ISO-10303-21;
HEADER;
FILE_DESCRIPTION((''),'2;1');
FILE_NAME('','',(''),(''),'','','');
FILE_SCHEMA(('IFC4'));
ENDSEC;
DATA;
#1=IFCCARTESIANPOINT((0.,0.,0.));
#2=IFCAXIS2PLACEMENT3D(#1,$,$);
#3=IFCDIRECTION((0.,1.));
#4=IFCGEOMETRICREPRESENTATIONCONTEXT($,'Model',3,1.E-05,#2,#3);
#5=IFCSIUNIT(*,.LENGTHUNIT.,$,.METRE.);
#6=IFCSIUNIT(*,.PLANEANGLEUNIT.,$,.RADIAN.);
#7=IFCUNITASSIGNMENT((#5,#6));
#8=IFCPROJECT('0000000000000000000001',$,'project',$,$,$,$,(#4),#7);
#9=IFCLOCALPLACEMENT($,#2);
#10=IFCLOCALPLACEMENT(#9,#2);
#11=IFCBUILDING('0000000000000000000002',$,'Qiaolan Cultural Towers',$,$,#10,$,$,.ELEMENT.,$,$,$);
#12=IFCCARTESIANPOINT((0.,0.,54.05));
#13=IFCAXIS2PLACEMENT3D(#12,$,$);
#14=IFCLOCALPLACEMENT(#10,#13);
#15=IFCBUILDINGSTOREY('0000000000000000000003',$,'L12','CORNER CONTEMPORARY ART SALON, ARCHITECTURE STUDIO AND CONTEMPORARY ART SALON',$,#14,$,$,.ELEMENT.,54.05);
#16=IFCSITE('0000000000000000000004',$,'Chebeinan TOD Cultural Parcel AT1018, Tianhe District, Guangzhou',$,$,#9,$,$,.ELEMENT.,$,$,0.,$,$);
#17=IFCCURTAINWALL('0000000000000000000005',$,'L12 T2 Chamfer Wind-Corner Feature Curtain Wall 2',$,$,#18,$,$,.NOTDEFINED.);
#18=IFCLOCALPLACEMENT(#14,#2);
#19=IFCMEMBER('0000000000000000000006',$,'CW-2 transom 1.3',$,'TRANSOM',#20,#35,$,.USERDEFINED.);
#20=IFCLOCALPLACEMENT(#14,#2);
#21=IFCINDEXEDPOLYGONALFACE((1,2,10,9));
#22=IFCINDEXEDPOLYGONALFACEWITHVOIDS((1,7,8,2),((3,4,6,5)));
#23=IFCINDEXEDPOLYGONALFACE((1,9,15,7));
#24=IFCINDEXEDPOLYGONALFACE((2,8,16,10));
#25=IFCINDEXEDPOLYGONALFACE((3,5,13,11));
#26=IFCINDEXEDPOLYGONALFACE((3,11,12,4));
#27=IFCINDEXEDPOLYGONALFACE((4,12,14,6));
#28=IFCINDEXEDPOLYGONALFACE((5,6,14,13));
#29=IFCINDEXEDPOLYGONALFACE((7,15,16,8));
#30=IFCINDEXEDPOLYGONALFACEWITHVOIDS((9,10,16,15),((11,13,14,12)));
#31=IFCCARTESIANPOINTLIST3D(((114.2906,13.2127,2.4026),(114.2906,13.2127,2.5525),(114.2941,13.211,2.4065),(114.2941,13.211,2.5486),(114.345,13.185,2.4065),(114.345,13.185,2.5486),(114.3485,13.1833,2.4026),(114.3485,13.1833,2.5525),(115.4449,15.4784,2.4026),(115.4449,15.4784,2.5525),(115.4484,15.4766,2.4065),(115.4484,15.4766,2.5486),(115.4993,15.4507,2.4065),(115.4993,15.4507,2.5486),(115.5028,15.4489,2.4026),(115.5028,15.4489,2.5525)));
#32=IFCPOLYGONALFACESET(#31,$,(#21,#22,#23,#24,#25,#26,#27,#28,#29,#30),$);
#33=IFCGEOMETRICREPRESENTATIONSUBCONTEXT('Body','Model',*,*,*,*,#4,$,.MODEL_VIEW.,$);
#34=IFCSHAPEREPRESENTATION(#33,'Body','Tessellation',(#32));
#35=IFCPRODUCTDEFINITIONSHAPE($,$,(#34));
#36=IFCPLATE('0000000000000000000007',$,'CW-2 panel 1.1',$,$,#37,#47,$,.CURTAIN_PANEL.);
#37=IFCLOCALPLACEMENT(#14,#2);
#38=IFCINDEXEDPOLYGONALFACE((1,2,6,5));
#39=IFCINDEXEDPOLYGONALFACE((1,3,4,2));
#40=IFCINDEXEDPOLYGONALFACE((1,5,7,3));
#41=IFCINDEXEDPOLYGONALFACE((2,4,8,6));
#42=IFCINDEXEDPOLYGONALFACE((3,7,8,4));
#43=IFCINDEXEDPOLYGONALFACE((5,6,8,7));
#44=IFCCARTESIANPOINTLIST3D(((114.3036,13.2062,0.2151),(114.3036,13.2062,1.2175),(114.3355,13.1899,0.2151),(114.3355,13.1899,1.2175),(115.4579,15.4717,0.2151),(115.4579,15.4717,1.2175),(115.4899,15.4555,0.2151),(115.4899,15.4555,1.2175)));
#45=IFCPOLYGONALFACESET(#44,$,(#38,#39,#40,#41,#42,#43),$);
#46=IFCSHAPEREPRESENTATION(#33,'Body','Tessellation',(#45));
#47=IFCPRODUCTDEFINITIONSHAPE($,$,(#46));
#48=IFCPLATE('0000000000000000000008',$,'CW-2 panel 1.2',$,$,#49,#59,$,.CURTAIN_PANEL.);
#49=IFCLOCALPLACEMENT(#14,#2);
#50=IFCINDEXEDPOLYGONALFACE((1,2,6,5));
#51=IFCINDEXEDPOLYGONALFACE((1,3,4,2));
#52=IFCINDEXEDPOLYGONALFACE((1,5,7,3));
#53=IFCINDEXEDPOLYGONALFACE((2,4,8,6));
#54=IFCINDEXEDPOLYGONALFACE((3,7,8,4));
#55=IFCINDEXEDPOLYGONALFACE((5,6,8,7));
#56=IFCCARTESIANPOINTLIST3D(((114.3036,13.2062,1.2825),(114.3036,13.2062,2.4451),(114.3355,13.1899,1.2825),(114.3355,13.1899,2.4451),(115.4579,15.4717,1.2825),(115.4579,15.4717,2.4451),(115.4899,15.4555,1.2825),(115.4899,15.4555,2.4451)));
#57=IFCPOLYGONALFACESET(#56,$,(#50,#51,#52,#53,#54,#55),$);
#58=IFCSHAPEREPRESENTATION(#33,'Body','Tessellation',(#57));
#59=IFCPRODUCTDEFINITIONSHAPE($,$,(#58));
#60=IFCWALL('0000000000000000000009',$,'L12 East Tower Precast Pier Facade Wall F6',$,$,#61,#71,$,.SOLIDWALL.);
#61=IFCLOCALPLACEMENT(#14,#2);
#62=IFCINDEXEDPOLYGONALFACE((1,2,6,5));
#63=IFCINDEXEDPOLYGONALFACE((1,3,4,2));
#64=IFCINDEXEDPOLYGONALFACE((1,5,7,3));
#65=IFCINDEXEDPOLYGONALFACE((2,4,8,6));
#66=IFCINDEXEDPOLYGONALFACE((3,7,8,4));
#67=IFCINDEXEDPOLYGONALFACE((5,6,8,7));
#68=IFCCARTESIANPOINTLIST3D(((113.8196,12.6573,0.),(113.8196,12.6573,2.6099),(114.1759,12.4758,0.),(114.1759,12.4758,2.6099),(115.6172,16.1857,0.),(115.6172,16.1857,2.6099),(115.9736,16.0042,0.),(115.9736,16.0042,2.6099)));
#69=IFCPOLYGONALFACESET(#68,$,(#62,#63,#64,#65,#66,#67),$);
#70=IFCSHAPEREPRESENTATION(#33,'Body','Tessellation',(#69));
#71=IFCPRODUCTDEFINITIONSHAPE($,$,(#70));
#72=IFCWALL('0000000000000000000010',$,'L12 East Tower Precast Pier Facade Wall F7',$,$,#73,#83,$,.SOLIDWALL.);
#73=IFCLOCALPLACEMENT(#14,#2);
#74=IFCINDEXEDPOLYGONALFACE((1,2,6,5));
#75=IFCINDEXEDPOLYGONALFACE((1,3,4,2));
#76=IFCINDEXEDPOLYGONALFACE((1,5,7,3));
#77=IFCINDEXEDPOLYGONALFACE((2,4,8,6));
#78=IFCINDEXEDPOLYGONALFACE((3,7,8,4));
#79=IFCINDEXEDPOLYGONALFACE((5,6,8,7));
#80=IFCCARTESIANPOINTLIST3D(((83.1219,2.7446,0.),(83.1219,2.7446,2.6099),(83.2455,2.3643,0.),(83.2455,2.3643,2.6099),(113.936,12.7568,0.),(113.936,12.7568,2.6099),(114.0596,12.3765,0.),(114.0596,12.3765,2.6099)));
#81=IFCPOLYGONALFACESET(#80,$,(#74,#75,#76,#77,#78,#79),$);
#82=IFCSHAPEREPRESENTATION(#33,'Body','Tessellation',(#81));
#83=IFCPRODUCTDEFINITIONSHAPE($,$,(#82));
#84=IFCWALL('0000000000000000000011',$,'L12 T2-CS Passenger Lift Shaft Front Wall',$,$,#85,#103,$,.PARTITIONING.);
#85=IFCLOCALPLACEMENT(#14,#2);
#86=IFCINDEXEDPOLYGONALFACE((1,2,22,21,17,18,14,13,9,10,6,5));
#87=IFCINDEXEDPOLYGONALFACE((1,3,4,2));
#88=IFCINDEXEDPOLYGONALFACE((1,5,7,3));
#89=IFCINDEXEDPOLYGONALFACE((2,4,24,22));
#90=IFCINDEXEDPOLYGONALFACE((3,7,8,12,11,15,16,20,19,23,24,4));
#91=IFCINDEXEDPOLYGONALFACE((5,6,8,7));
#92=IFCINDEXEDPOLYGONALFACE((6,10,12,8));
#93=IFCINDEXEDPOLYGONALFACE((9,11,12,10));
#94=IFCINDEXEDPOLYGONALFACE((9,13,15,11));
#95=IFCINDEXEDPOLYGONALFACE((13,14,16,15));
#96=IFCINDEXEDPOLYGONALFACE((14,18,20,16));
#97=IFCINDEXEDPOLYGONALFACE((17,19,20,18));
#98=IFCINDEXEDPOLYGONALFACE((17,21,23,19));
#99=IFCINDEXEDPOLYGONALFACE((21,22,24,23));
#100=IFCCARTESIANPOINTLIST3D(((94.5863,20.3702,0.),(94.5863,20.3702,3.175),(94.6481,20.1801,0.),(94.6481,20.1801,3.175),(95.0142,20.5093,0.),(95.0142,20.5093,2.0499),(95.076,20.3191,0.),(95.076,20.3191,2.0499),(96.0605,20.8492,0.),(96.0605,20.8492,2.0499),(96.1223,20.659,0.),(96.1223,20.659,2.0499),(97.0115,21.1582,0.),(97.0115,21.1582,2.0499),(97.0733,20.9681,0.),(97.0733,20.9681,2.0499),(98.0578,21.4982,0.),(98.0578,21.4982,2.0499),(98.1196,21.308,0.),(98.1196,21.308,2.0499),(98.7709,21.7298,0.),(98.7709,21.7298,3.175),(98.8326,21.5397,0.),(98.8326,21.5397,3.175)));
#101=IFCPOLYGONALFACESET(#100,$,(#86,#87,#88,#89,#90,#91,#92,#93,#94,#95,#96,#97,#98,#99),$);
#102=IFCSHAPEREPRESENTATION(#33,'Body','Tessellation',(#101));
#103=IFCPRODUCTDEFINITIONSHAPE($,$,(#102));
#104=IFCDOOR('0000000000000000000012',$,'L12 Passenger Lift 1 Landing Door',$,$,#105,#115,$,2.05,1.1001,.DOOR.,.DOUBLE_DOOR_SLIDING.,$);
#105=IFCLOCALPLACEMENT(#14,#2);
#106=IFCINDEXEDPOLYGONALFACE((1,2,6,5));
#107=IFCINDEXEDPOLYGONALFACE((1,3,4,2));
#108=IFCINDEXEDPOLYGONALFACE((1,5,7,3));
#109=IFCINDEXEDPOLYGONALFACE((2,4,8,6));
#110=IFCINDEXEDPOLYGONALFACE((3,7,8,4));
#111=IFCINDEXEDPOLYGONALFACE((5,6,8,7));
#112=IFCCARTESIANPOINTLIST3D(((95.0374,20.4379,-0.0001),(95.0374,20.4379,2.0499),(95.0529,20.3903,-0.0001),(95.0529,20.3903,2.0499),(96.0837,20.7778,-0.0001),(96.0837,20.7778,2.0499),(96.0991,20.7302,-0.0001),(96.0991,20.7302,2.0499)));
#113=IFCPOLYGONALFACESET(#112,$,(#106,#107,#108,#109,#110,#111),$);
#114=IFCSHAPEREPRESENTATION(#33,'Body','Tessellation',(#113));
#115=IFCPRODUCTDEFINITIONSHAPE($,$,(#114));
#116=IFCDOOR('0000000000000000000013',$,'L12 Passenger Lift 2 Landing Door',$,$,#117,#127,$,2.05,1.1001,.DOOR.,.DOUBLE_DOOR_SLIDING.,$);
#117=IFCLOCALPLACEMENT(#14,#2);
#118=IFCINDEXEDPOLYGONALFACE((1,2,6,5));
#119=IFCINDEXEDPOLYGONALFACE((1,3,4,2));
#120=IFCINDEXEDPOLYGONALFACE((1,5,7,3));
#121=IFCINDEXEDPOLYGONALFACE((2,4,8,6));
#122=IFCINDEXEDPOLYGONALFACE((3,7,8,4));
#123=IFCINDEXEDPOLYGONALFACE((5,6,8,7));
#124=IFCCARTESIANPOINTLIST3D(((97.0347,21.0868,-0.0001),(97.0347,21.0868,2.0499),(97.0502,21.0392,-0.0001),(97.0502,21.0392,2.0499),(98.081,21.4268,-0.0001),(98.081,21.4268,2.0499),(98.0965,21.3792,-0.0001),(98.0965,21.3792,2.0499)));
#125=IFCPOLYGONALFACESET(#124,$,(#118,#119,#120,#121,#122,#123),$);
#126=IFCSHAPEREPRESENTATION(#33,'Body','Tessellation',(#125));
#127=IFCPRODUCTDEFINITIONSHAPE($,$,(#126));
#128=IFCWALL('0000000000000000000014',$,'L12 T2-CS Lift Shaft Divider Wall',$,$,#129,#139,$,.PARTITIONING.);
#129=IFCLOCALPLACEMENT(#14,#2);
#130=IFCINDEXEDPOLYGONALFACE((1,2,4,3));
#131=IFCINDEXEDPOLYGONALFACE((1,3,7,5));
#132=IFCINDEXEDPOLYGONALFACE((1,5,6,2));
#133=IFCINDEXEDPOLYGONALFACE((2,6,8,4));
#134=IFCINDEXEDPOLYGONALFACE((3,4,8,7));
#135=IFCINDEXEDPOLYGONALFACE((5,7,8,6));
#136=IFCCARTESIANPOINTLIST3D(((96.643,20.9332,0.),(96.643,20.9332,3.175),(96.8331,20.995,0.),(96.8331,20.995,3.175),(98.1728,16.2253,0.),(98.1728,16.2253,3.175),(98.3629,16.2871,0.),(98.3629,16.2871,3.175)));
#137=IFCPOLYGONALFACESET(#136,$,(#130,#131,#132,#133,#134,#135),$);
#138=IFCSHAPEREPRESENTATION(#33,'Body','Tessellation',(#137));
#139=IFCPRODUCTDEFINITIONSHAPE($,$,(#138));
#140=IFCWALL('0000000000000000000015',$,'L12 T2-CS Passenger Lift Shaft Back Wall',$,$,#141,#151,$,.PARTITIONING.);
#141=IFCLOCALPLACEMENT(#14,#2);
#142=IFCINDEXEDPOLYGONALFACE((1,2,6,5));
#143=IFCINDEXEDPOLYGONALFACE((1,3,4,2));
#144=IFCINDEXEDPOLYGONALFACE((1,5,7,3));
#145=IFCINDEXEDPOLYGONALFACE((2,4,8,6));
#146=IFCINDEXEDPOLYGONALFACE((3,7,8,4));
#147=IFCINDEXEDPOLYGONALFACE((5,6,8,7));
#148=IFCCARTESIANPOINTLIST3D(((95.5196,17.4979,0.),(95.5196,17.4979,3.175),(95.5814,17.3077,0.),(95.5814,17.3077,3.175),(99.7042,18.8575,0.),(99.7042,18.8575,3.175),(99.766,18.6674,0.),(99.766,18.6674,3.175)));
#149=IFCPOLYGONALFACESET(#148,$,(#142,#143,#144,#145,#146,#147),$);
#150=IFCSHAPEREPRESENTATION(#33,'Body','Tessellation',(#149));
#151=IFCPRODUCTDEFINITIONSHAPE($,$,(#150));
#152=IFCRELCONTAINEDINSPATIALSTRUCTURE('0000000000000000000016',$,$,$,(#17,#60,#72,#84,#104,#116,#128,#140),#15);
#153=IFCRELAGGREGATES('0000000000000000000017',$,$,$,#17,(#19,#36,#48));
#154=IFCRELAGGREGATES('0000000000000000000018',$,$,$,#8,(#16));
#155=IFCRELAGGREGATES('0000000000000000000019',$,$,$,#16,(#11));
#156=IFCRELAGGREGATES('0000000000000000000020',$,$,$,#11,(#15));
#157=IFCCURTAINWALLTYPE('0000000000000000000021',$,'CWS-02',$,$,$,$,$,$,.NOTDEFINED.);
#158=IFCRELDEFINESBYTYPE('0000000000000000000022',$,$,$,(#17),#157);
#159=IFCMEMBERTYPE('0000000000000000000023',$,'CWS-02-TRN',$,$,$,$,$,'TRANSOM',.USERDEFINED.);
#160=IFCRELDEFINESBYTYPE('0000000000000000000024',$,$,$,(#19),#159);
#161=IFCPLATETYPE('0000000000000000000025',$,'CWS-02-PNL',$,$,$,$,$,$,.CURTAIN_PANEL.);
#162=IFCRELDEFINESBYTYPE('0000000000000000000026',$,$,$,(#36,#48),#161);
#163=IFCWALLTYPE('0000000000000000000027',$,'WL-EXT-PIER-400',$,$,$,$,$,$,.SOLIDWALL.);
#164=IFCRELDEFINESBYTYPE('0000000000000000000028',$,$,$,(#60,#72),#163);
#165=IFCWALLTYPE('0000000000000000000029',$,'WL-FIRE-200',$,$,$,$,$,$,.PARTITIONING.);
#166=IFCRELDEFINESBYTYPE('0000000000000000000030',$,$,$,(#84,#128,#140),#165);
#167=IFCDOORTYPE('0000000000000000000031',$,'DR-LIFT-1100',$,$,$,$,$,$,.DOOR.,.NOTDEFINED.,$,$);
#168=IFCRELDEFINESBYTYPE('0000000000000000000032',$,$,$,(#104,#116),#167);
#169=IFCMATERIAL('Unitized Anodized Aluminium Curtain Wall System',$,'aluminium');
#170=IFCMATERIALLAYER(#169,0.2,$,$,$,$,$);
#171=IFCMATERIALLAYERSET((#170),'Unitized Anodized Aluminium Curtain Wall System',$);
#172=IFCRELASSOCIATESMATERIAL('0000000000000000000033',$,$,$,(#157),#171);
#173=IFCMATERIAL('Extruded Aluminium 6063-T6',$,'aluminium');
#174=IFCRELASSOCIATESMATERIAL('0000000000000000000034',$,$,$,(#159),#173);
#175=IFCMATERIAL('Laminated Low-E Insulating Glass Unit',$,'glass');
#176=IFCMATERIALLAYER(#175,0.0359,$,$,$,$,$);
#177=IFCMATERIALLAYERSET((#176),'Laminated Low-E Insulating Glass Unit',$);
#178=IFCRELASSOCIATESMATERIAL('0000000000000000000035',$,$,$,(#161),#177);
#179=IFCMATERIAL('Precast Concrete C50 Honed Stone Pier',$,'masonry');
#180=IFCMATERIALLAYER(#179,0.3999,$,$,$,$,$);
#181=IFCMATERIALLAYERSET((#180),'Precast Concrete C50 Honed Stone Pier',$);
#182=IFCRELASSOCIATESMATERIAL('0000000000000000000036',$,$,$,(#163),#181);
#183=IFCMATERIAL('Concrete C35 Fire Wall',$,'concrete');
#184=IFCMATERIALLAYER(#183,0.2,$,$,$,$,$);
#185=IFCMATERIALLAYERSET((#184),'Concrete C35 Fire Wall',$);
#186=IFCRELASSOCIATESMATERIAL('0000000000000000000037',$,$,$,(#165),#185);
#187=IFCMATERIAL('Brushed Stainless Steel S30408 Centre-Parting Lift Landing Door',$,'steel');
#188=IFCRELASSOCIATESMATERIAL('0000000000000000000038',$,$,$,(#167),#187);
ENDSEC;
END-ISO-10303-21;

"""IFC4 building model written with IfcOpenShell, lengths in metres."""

from ifc_helpers import new_model, si_unit, direction, frame, frame_2d, origin, origin_2d, place, context, subcontext, project, spatial, rectangle, hollow_rectangle, extrude, material, layer, layer_set, material_profile, profile_set, type_object, element, fill, aggregate, save


model = new_model("IFC4")

# Units and contexts
model_context = context("Model", 3, precision=1e-05, world=origin(), true_north=direction((0.0, 1.0)))
body_context = subcontext(model_context, "Body", "Model", "MODEL_VIEW")
ifc_project = project(units=[si_unit("LENGTHUNIT", "METRE"), si_unit("PLANEANGLEUNIT", "RADIAN")], contexts=[model_context])

# Site, building, storey
site_placement = place(None, origin())
site = spatial("IfcSite", under=ifc_project, at=site_placement, Name="Chebeinan TOD Cultural Parcel AT1018, Tianhe District, Guangzhou", CompositionType="ELEMENT", RefElevation=0.0)
building_placement = place(site_placement, origin())
building = spatial("IfcBuilding", under=site, at=building_placement, Name="Qiaolan Cultural Towers", CompositionType="ELEMENT")
storey_placement = place(building_placement, frame((0.0, 0.0, 54.05)))
storey = spatial("IfcBuildingStorey", under=building, at=storey_placement, Name="L12", Description="CORNER CONTEMPORARY ART SALON, ARCHITECTURE STUDIO AND CONTEMPORARY ART SALON", CompositionType="ELEMENT", Elevation=54.05)

# Curtain wall, member, plates
ifc_material_1 = material(Name="Unitized Anodized Aluminium Curtain Wall System", Category="aluminium")
ifc_layer_1 = layer(ifc_material_1, 0.2)
ifc_layer_set_1 = layer_set([ifc_layer_1], Name="Unitized Anodized Aluminium Curtain Wall System")
curtain_wall_type = type_object("IfcCurtainWallType", Name="CWS-02", PredefinedType="NOTDEFINED", material=ifc_layer_set_1)
curtain_wall_placement = place(storey_placement, origin())
curtain_wall = element("IfcCurtainWall", 1, at=curtain_wall_placement, inside=storey, type_object=curtain_wall_type, Name="L12 T2 Chamfer Wind-Corner Feature Curtain Wall 2", PredefinedType="NOTDEFINED")
ifc_material_2 = material(Name="Extruded Aluminium 6063-T6", Category="aluminium")
ifc_material_profile_1 = material_profile(ifc_material_2, hollow_rectangle(XDim=0.0649, YDim=0.1499, WallThickness=0.0039, at=origin_2d()), Name="CWT-150x65x4")
ifc_profile_set_1 = profile_set([ifc_material_profile_1], Name="Extruded Aluminium 6063-T6")
member_type_1 = type_object("IfcMemberType", Name="CWS-02-TRN", ElementType="TRANSOM", PredefinedType="USERDEFINED", material=ifc_profile_set_1)
member_1_placement = place(storey_placement, frame((115.4739, 15.4636, 2.4775), z_axis=(-0.45396, -0.891022, 0.0), x_axis=(0.891022, -0.45396, 0.0)))
member_1 = element("IfcMember", 2, at=member_1_placement, type_object=member_type_1, Name="CW-2 transom 1.3", ObjectType="TRANSOM", PredefinedType="USERDEFINED", context=body_context, shape_type="SweptSolid", body=[
    extrude(hollow_rectangle(XDim=0.0649, YDim=0.1499, WallThickness=0.0039, at=origin_2d()), origin(), (0.0, 0.0, 1.0), 2.5427),
])
ifc_material_3 = material(Name="Laminated Low-E Insulating Glass Unit", Category="glass")
ifc_layer_2 = layer(ifc_material_3, 0.0359)
ifc_layer_set_2 = layer_set([ifc_layer_2], Name="Laminated Low-E Insulating Glass Unit")
plate_type = type_object("IfcPlateType", Name="CWS-02-PNL", PredefinedType="CURTAIN_PANEL", material=ifc_layer_set_2)
plate_1_placement = place(storey_placement, frame((114.8967, 14.3308, 0.2151), z_axis=(0.0, 0.0, 1.0), x_axis=(-0.45399, -0.891007, 0.0)))
plate_1 = element("IfcPlate", 3, at=plate_1_placement, type_object=plate_type, Name="CW-2 panel 1.1", PredefinedType="CURTAIN_PANEL", context=body_context, shape_type="SweptSolid", body=[
    extrude(rectangle(XDim=2.5427, YDim=0.0359, at=origin_2d()), origin(), (0.0, 0.0, 1.0), 1.0024),
])
plate_2_placement = place(storey_placement, frame((114.8967, 14.3308, 1.2825), z_axis=(0.0, 0.0, 1.0), x_axis=(-0.45399, -0.891007, 0.0)))
plate_2 = element("IfcPlate", 4, at=plate_2_placement, type_object=plate_type, Name="CW-2 panel 1.2", PredefinedType="CURTAIN_PANEL", context=body_context, shape_type="SweptSolid", body=[
    extrude(rectangle(XDim=2.5427, YDim=0.0359, at=origin_2d()), origin(), (0.0, 0.0, 1.0), 1.1626),
])
aggregate(curtain_wall, [member_1, plate_1, plate_2])

# Walls
ifc_material_4 = material(Name="Precast Concrete C50 Honed Stone Pier", Category="masonry")
ifc_layer_3 = layer(ifc_material_4, 0.3999)
ifc_layer_set_3 = layer_set([ifc_layer_3], Name="Precast Concrete C50 Honed Stone Pier")
wall_type_1 = type_object("IfcWallType", Name="WL-EXT-PIER-400", PredefinedType="SOLIDWALL", material=ifc_layer_set_3)
wall_1_placement = place(storey_placement, frame((115.7954, 16.095, 0.0), z_axis=(0.0, 0.0, 1.0), x_axis=(-0.453958, -0.891023, 0.0)))
element("IfcWall", 5, at=wall_1_placement, inside=storey, type_object=wall_type_1, Name="L12 East Tower Precast Pier Facade Wall F6", PredefinedType="SOLIDWALL", context=body_context, shape_type="SweptSolid", body=[
    extrude(rectangle(XDim=3.96, YDim=0.3999, at=frame_2d((1.98, 0.0))), origin(), (0.0, 0.0, 1.0), 2.6099),
])
wall_2_placement = place(storey_placement, frame((113.9978, 12.5667, 0.0), z_axis=(0.0, 0.0, 1.0), x_axis=(-0.951056, -0.309019, 0.0)))
element("IfcWall", 6, at=wall_2_placement, inside=storey, type_object=wall_type_1, Name="L12 East Tower Precast Pier Facade Wall F7", PredefinedType="SOLIDWALL", context=body_context, shape_type="SweptSolid", body=[
    extrude(rectangle(XDim=32.3999, YDim=0.3999, at=frame_2d((16.2, 0.0))), origin(), (0.0, 0.0, 1.0), 2.6099),
])

# Wall, openings, doors
ifc_material_5 = material(Name="Concrete C35 Fire Wall", Category="concrete")
ifc_layer_4 = layer(ifc_material_5, 0.2)
ifc_layer_set_4 = layer_set([ifc_layer_4], Name="Concrete C35 Fire Wall")
wall_type_2 = type_object("IfcWallType", Name="WL-FIRE-200", PredefinedType="PARTITIONING", material=ifc_layer_set_4)
wall_3_placement = place(storey_placement, frame((94.6172, 20.2751, 0.0), z_axis=(0.0, 0.0, 1.0), x_axis=(0.951059, 0.309011, 0.0)))
wall_3 = element("IfcWall", 7, at=wall_3_placement, inside=storey, type_object=wall_type_2, Name="L12 T2-CS Passenger Lift Shaft Front Wall", PredefinedType="PARTITIONING", context=body_context, shape_type="SweptSolid", body=[
    extrude(rectangle(XDim=4.3999, YDim=0.2, at=frame_2d((2.2, 0.0))), origin(), (0.0, 0.0, 1.0), 3.175),
])
opening_1_placement = place(wall_3_placement, frame((0.45, 0.0, 0.0)))
opening_1 = element("IfcOpeningElement", 8, at=opening_1_placement, cuts=wall_3, PredefinedType="OPENING", context=body_context, shape_type="SweptSolid", body=[
    extrude(rectangle(XDim=1.1001, YDim=2.05, at=frame_2d((0.55, 1.0249))), frame((0.0, 0.1099, 0.0), z_axis=(0.0, -1.0, 0.0), x_axis=(1.0, 0.0, 0.0)), (0.0, 0.0, 1.0), 0.22),
])
opening_2_placement = place(wall_3_placement, frame((2.55, 0.0, 0.0)))
opening_2 = element("IfcOpeningElement", 9, at=opening_2_placement, cuts=wall_3, PredefinedType="OPENING", context=body_context, shape_type="SweptSolid", body=[
    extrude(rectangle(XDim=1.1001, YDim=2.05, at=frame_2d((0.55, 1.0249))), frame((0.0, 0.1099, 0.0), z_axis=(0.0, -1.0, 0.0), x_axis=(1.0, 0.0, 0.0)), (0.0, 0.0, 1.0), 0.22),
])
ifc_material_6 = material(Name="Brushed Stainless Steel S30408 Centre-Parting Lift Landing Door", Category="steel")
door_type_1 = type_object("IfcDoorType", Name="DR-LIFT-1100", OperationType="NOTDEFINED", PredefinedType="DOOR", material=ifc_material_6)
door_1_placement = place(opening_1_placement, origin())
door_1 = element("IfcDoor", 10, at=door_1_placement, inside=storey, type_object=door_type_1, Name="L12 Passenger Lift 1 Landing Door", OperationType="DOUBLE_DOOR_SLIDING", OverallHeight=2.05, OverallWidth=1.1001, PredefinedType="DOOR", context=body_context, shape_type="SweptSolid", body=[
    extrude(rectangle(XDim=1.1001, YDim=2.05, at=frame_2d((0.55, 1.0249))), frame((0.0, 0.0249, 0.0), z_axis=(0.0, -1.0, 0.0), x_axis=(1.0, 0.0, 0.0)), (0.0, 0.0, 1.0), 0.05),
])
fill(opening_1, door_1)
door_2_placement = place(opening_2_placement, origin())
door_2 = element("IfcDoor", 11, at=door_2_placement, inside=storey, type_object=door_type_1, Name="L12 Passenger Lift 2 Landing Door", OperationType="DOUBLE_DOOR_SLIDING", OverallHeight=2.05, OverallWidth=1.1001, PredefinedType="DOOR", context=body_context, shape_type="SweptSolid", body=[
    extrude(rectangle(XDim=1.1001, YDim=2.05, at=frame_2d((0.55, 1.0249))), frame((0.0, 0.0249, 0.0), z_axis=(0.0, -1.0, 0.0), x_axis=(1.0, 0.0, 0.0)), (0.0, 0.0, 1.0), 0.05),
])
fill(opening_2, door_2)

# Walls
wall_4_placement = place(storey_placement, frame((96.738, 20.9641, 0.0), z_axis=(0.0, 0.0, 1.0), x_axis=(0.309043, -0.951048, 0.0)))
element("IfcWall", 12, at=wall_4_placement, inside=storey, type_object=wall_type_2, Name="L12 T2-CS Lift Shaft Divider Wall", PredefinedType="PARTITIONING", context=body_context, shape_type="SweptSolid", body=[
    extrude(rectangle(XDim=4.9502, YDim=0.2, at=frame_2d((2.4751, 0.0))), origin(), (0.0, 0.0, 1.0), 3.175),
])
wall_5_placement = place(storey_placement, frame((95.5505, 17.4028, 0.0), z_axis=(0.0, 0.0, 1.0), x_axis=(0.951059, 0.309011, 0.0)))
element("IfcWall", 13, at=wall_5_placement, inside=storey, type_object=wall_type_2, Name="L12 T2-CS Passenger Lift Shaft Back Wall", PredefinedType="PARTITIONING", context=body_context, shape_type="SweptSolid", body=[
    extrude(rectangle(XDim=4.3999, YDim=0.2, at=frame_2d((2.2, 0.0))), origin(), (0.0, 0.0, 1.0), 3.175),
])

save(model, "model.ifc")
